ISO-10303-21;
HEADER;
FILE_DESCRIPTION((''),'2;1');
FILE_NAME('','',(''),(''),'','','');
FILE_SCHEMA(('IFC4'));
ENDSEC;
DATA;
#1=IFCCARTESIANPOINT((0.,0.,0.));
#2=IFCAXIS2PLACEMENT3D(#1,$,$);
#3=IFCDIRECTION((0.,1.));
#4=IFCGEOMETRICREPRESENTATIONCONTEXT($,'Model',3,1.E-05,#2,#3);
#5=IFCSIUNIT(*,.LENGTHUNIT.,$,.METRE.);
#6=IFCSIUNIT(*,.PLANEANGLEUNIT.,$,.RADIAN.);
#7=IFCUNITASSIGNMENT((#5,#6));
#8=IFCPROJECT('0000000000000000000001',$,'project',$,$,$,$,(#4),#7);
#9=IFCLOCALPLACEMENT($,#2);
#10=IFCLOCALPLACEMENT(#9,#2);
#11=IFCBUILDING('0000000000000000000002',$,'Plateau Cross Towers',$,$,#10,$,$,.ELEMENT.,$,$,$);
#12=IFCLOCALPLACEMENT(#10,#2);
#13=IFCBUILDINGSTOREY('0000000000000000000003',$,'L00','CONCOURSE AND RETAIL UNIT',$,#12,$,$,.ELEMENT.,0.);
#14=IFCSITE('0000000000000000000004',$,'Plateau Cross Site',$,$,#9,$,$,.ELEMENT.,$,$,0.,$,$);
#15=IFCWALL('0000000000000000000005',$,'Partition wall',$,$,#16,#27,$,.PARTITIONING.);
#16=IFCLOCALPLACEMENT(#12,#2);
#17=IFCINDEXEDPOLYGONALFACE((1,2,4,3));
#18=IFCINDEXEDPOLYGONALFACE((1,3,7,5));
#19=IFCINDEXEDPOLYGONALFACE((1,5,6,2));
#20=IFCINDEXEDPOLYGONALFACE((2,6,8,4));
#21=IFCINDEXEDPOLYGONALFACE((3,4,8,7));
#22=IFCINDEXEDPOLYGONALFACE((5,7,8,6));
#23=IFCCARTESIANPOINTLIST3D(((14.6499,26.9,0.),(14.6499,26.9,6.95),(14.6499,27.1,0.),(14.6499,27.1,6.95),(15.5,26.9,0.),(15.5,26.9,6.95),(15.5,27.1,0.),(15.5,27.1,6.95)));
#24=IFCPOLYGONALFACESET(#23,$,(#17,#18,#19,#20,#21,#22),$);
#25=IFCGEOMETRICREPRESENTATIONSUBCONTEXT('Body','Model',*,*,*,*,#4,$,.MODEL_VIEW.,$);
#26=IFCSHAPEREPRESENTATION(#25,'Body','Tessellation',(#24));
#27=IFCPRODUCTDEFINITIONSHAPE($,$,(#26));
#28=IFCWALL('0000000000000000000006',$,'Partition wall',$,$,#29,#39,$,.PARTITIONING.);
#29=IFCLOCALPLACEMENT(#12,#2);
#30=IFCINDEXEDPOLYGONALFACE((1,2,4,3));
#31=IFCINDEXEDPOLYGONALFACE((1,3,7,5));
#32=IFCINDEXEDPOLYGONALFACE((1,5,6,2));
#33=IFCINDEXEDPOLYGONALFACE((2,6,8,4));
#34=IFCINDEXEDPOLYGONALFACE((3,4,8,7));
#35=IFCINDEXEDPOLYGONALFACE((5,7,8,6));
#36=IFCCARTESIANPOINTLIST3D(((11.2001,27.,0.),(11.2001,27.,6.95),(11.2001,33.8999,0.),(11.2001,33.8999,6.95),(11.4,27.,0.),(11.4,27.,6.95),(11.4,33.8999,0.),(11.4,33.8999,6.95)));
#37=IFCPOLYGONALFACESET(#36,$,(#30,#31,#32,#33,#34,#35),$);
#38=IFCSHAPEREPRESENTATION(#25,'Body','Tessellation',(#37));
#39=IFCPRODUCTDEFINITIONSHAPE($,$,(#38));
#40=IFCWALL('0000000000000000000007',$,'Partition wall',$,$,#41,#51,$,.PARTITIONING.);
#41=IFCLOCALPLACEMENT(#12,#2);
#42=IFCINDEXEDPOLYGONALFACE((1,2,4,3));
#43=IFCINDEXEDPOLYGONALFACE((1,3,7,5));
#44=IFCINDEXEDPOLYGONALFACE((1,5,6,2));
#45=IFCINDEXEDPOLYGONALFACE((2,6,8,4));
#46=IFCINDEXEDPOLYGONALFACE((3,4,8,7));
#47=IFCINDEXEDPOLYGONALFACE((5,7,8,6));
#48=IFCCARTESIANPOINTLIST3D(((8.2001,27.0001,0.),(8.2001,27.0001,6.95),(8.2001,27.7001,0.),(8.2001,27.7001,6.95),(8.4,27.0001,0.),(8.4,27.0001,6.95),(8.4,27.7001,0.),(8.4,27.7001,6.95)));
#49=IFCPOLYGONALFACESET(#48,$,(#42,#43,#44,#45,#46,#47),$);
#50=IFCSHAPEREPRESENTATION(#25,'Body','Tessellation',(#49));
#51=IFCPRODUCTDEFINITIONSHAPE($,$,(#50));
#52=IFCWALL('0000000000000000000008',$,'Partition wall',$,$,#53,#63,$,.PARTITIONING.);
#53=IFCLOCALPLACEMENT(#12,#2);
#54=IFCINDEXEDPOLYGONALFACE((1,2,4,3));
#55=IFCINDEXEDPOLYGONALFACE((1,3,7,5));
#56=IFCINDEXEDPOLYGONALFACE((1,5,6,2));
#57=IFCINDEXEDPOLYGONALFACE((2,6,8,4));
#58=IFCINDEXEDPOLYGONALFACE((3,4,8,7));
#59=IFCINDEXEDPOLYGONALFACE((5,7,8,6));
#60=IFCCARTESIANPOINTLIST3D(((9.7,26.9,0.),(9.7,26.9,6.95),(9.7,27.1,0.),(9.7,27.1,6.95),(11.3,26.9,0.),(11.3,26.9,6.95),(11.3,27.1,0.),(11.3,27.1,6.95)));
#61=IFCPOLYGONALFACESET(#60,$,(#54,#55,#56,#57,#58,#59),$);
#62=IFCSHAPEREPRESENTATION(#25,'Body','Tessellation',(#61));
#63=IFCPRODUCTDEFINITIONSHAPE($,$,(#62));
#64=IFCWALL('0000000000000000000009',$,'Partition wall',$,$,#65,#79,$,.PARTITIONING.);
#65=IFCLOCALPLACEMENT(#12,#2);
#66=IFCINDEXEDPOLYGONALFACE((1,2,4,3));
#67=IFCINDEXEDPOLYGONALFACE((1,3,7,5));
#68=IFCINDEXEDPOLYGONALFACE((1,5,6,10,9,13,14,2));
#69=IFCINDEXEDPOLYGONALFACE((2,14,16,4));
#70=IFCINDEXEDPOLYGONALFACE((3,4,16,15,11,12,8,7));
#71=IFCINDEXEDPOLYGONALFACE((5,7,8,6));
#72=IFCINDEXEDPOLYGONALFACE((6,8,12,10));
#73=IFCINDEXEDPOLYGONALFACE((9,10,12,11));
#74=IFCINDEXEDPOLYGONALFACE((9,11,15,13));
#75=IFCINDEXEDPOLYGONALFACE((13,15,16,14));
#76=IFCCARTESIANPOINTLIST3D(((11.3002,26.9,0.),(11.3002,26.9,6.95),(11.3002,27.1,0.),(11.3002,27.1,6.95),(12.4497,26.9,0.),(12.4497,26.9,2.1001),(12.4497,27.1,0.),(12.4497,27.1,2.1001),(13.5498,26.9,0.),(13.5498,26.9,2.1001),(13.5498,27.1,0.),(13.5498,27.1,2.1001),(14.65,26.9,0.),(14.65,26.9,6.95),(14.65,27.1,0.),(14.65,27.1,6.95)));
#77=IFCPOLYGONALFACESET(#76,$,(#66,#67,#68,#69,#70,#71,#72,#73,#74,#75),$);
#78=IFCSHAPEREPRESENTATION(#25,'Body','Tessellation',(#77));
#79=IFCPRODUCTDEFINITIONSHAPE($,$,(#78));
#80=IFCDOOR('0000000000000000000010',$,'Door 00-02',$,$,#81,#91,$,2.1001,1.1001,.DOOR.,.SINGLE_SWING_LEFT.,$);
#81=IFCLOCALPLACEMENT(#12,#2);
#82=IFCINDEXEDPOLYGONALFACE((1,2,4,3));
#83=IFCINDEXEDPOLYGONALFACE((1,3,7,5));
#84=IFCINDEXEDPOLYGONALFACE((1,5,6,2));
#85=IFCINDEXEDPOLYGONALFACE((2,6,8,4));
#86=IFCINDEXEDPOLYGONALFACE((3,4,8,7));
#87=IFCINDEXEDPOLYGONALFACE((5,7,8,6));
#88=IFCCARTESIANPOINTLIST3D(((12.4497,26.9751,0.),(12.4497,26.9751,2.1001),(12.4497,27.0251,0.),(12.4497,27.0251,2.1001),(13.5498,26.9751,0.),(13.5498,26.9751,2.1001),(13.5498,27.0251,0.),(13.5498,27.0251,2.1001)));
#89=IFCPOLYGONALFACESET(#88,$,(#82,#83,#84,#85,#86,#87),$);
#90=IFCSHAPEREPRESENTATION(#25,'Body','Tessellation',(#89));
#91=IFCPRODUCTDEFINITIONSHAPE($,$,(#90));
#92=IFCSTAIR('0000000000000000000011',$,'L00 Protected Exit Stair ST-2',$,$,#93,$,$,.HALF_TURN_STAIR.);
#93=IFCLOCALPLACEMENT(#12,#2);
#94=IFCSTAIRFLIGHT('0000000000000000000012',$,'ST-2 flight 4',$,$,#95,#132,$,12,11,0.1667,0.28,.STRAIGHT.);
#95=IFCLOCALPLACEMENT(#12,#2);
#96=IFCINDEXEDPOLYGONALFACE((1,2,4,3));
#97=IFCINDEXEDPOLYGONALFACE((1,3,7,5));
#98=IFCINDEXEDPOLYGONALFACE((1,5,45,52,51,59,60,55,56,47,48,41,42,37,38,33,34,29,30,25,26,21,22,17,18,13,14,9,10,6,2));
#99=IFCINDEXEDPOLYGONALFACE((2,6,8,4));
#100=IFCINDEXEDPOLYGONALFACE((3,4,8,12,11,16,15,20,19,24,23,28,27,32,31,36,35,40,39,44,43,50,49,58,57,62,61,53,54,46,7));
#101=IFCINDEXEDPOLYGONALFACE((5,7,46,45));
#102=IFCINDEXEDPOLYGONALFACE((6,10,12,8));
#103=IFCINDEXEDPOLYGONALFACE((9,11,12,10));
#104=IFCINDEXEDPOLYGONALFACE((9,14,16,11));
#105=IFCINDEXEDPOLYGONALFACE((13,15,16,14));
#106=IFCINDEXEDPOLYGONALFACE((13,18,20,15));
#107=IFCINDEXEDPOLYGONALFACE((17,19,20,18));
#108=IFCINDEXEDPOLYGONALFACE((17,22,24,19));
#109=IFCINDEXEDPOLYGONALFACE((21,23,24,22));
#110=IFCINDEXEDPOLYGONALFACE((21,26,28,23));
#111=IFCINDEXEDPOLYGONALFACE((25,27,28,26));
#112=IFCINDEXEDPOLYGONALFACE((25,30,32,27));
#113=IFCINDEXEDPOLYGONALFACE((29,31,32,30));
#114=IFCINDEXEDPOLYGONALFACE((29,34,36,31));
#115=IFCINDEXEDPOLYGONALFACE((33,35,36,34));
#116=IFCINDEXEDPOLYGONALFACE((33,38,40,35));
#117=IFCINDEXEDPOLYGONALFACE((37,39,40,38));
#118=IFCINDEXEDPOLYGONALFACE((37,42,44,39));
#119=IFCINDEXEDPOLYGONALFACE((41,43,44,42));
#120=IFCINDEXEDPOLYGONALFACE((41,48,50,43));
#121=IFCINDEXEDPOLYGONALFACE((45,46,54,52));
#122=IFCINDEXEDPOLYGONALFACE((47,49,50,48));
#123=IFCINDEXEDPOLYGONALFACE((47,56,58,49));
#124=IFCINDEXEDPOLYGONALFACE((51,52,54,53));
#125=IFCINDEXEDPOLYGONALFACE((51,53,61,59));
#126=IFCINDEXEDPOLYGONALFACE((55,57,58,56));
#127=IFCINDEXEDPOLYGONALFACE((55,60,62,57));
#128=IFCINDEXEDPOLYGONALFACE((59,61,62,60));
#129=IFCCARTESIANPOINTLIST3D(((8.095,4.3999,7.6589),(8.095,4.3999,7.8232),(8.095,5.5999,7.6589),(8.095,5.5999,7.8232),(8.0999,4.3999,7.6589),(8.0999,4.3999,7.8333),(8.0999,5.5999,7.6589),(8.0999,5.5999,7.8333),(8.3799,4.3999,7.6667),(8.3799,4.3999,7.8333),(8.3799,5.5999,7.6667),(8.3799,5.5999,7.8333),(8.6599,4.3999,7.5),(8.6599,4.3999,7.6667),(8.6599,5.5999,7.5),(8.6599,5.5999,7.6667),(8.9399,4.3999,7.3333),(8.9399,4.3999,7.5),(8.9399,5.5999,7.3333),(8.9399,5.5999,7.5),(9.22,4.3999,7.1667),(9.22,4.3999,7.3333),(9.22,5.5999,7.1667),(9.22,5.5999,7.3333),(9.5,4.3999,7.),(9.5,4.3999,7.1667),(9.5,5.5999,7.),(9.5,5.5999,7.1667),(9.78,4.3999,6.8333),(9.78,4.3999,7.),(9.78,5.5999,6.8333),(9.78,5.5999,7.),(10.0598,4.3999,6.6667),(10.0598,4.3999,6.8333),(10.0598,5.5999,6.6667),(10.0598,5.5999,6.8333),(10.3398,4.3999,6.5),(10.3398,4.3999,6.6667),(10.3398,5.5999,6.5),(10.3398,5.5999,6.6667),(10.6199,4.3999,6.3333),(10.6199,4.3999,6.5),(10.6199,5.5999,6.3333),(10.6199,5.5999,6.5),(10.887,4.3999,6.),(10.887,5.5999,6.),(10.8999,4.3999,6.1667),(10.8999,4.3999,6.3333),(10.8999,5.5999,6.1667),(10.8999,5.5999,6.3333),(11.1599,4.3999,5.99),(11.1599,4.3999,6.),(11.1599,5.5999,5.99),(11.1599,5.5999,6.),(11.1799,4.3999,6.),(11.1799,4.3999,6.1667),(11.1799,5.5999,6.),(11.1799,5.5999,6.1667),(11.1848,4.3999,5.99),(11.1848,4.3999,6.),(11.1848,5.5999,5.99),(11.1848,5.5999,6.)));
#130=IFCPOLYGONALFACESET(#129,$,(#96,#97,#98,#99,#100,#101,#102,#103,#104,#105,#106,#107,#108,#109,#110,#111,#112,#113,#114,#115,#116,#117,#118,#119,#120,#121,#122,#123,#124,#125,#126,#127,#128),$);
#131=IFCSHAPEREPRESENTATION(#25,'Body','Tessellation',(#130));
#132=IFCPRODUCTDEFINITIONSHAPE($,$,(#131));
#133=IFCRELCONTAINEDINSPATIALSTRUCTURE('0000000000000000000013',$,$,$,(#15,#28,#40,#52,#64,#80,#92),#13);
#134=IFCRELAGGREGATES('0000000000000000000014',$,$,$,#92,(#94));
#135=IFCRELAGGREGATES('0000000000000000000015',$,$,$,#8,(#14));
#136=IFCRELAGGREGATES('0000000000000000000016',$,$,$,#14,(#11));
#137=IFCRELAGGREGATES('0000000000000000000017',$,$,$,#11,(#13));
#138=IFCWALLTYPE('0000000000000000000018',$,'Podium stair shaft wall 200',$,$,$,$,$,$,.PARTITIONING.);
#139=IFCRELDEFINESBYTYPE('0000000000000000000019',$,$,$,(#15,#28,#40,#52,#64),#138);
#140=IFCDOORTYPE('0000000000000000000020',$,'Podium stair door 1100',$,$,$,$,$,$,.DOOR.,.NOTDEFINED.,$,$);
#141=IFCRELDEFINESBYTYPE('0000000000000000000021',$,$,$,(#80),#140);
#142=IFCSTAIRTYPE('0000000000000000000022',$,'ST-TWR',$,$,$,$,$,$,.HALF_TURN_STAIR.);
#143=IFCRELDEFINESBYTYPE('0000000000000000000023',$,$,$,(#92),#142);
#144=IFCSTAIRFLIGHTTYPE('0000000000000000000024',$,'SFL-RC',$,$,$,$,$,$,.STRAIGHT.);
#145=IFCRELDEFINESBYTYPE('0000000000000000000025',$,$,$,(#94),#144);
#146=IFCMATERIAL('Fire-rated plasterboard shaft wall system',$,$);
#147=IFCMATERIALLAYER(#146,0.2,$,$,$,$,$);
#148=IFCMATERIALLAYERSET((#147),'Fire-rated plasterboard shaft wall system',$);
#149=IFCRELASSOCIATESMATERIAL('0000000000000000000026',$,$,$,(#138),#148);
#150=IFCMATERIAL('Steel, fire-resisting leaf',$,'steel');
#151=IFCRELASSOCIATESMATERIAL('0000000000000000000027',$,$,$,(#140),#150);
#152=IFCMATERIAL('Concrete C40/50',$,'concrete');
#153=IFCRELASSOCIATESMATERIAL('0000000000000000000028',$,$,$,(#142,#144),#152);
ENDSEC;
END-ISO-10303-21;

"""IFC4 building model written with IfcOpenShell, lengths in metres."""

from ifc_helpers import new_model, si_unit, direction, frame, frame_2d, origin, place, context, subcontext, project, spatial, polyline, rectangle, outline, extrude, material, layer, layer_set, type_object, element, fill, aggregate, save


model = new_model("IFC4")

# Units and contexts
model_context = context("Model", 3, precision=1e-05, world=origin(), true_north=direction((0.0, 1.0)))
body_context = subcontext(model_context, "Body", "Model", "MODEL_VIEW")
ifc_project = project(units=[si_unit("LENGTHUNIT", "METRE"), si_unit("PLANEANGLEUNIT", "RADIAN")], contexts=[model_context])

# Site, building, storey
site_placement = place(None, origin())
site = spatial("IfcSite", under=ifc_project, at=site_placement, Name="Plateau Cross Site", CompositionType="ELEMENT", RefElevation=0.0)
building_placement = place(site_placement, origin())
building = spatial("IfcBuilding", under=site, at=building_placement, Name="Plateau Cross Towers", CompositionType="ELEMENT")
storey_placement = place(building_placement, origin())
storey = spatial("IfcBuildingStorey", under=building, at=storey_placement, Name="L00", Description="CONCOURSE AND RETAIL UNIT", CompositionType="ELEMENT", Elevation=0.0)

# Shared definitions
ifc_material_1 = material(Name="Steel, fire-resisting leaf", Category="steel")

# Walls
ifc_material_2 = material(Name="Fire-rated plasterboard shaft wall system")
ifc_layer_1 = layer(ifc_material_2, 0.2)
ifc_layer_set_1 = layer_set([ifc_layer_1], Name="Fire-rated plasterboard shaft wall system")
wall_type_1 = type_object("IfcWallType", Name="Podium stair shaft wall 200", PredefinedType="PARTITIONING", material=ifc_layer_set_1)
wall_1_placement = place(storey_placement, frame((14.6499, 27.0, 0.0), z_axis=(0.0, 0.0, 1.0), x_axis=(1.0, 0.0, 0.0)))
element("IfcWall", 1, at=wall_1_placement, inside=storey, type_object=wall_type_1, Name="Partition wall", PredefinedType="PARTITIONING", context=body_context, shape_type="SweptSolid", body=[
    extrude(rectangle(XDim=0.8501, YDim=0.2, at=frame_2d((0.425, 0.0))), origin(), (0.0, 0.0, 1.0), 6.95),
])
wall_2_placement = place(storey_placement, frame((11.3, 27.0, 0.0), z_axis=(0.0, 0.0, 1.0), x_axis=(0.0, 1.0, 0.0)))
element("IfcWall", 2, at=wall_2_placement, inside=storey, type_object=wall_type_1, Name="Partition wall", PredefinedType="PARTITIONING", context=body_context, shape_type="SweptSolid", body=[
    extrude(rectangle(XDim=6.8999, YDim=0.2, at=frame_2d((3.45, 0.0))), origin(), (0.0, 0.0, 1.0), 6.95),
])
wall_3_placement = place(storey_placement, frame((8.3, 27.0, 0.0), z_axis=(0.0, 0.0, 1.0), x_axis=(0.0, 1.0, 0.0)))
element("IfcWall", 3, at=wall_3_placement, inside=storey, type_object=wall_type_1, Name="Partition wall", PredefinedType="PARTITIONING", context=body_context, shape_type="SweptSolid", body=[
    extrude(rectangle(XDim=0.7, YDim=0.2, at=frame_2d((0.3501, 0.0))), origin(), (0.0, 0.0, 1.0), 6.95),
])
wall_4_placement = place(storey_placement, frame((9.7, 27.0, 0.0), z_axis=(0.0, 0.0, 1.0), x_axis=(1.0, 0.0, 0.0)))
element("IfcWall", 4, at=wall_4_placement, inside=storey, type_object=wall_type_1, Name="Partition wall", PredefinedType="PARTITIONING", context=body_context, shape_type="SweptSolid", body=[
    extrude(rectangle(XDim=1.6001, YDim=0.2, at=frame_2d((0.8, 0.0))), origin(), (0.0, 0.0, 1.0), 6.95),
])

# Wall, opening, door
wall_5_placement = place(storey_placement, frame((14.6499, 27.0, 0.0), z_axis=(0.0, 0.0, 1.0), x_axis=(-1.0, 0.0, 0.0)))
wall_5 = element("IfcWall", 5, at=wall_5_placement, inside=storey, type_object=wall_type_1, Name="Partition wall", PredefinedType="PARTITIONING", context=body_context, shape_type="SweptSolid", body=[
    extrude(rectangle(XDim=3.3499, YDim=0.2, at=frame_2d((1.6748, 0.0))), origin(), (0.0, 0.0, 1.0), 6.95),
])
opening_1_placement = place(wall_5_placement, frame((1.1001, 0.0, 0.0)))
opening_1 = element("IfcOpeningElement", 6, at=opening_1_placement, cuts=wall_5, PredefinedType="OPENING", context=body_context, shape_type="SweptSolid", body=[
    extrude(rectangle(XDim=1.1001, YDim=2.1001, at=frame_2d((0.55, 1.05))), frame((0.0, 0.1099, 0.0), z_axis=(0.0, -1.0, 0.0), x_axis=(1.0, 0.0, 0.0)), (0.0, 0.0, 1.0), 0.22),
])
door_type_1 = type_object("IfcDoorType", Name="Podium stair door 1100", OperationType="NOTDEFINED", PredefinedType="DOOR", material=ifc_material_1)
door_1_placement = place(opening_1_placement, origin())
door_1 = element("IfcDoor", 7, at=door_1_placement, inside=storey, type_object=door_type_1, Name="Door 00-02", OperationType="SINGLE_SWING_LEFT", OverallHeight=2.1001, OverallWidth=1.1001, PredefinedType="DOOR", context=body_context, shape_type="SweptSolid", body=[
    extrude(rectangle(XDim=1.1001, YDim=2.1001, at=frame_2d((0.55, 1.05))), frame((0.0, 0.0249, 0.0), z_axis=(0.0, -1.0, 0.0), x_axis=(1.0, 0.0, 0.0)), (0.0, 0.0, 1.0), 0.05),
])
fill(opening_1, door_1)

# Stair, stair flight
ifc_material_3 = material(Name="Concrete C40/50", Category="concrete")
stair_type = type_object("IfcStairType", Name="ST-TWR", PredefinedType="HALF_TURN_STAIR", material=ifc_material_3)
stair_placement = place(storey_placement, origin())
stair = element("IfcStair", 8, at=stair_placement, inside=storey, type_object=stair_type, Name="L00 Protected Exit Stair ST-2", PredefinedType="HALF_TURN_STAIR")
stair_flight_type = type_object("IfcStairFlightType", Name="SFL-RC", PredefinedType="STRAIGHT", material=ifc_material_3)
stair_flight_placement = place(storey_placement, frame((11.1799, 5.0, 6.0), z_axis=(0.0, 0.0, 1.0), x_axis=(-1.0, 0.0, 0.0)))
stair_flight = element("IfcStairFlight", 9, at=stair_flight_placement, type_object=stair_flight_type, Name="ST-2 flight 4", NumberOfRisers=12, NumberOfTreads=11, PredefinedType="STRAIGHT", RiserHeight=0.1667, TreadLength=0.28, context=body_context, shape_type="SweptSolid", body=[
    extrude(outline(polyline([(-0.0049, -0.01), (-0.0049, 0.0), (0.0, 0.0), (0.0, 0.1667), (0.28, 0.1667), (0.28, 0.3333), (0.5601, 0.3333), (0.5601, 0.5), (0.8401, 0.5), (0.8401, 0.6667), (1.1201, 0.6667), (1.1201, 0.8333), (1.3999, 0.8333), (1.3999, 1.0), (1.6799, 1.0), (1.6799, 1.1667), (1.96, 1.1667), (1.96, 1.3333), (2.24, 1.3333), (2.24, 1.5), (2.52, 1.5), (2.52, 1.6667), (2.8, 1.6667), (2.8, 1.8333), (3.0801, 1.8333), (3.085, 1.8232), (3.085, 1.6589), (3.0801, 1.6589), (0.293, 0.0), (0.02, 0.0), (0.02, -0.01), (-0.0049, -0.01)])), frame((0.0, 0.6001, 0.0), z_axis=(0.0, -1.0, 0.0), x_axis=(1.0, 0.0, 0.0)), (0.0, 0.0, 1.0), 1.2),
])
aggregate(stair, [stair_flight])

save(model, "model.ifc")
